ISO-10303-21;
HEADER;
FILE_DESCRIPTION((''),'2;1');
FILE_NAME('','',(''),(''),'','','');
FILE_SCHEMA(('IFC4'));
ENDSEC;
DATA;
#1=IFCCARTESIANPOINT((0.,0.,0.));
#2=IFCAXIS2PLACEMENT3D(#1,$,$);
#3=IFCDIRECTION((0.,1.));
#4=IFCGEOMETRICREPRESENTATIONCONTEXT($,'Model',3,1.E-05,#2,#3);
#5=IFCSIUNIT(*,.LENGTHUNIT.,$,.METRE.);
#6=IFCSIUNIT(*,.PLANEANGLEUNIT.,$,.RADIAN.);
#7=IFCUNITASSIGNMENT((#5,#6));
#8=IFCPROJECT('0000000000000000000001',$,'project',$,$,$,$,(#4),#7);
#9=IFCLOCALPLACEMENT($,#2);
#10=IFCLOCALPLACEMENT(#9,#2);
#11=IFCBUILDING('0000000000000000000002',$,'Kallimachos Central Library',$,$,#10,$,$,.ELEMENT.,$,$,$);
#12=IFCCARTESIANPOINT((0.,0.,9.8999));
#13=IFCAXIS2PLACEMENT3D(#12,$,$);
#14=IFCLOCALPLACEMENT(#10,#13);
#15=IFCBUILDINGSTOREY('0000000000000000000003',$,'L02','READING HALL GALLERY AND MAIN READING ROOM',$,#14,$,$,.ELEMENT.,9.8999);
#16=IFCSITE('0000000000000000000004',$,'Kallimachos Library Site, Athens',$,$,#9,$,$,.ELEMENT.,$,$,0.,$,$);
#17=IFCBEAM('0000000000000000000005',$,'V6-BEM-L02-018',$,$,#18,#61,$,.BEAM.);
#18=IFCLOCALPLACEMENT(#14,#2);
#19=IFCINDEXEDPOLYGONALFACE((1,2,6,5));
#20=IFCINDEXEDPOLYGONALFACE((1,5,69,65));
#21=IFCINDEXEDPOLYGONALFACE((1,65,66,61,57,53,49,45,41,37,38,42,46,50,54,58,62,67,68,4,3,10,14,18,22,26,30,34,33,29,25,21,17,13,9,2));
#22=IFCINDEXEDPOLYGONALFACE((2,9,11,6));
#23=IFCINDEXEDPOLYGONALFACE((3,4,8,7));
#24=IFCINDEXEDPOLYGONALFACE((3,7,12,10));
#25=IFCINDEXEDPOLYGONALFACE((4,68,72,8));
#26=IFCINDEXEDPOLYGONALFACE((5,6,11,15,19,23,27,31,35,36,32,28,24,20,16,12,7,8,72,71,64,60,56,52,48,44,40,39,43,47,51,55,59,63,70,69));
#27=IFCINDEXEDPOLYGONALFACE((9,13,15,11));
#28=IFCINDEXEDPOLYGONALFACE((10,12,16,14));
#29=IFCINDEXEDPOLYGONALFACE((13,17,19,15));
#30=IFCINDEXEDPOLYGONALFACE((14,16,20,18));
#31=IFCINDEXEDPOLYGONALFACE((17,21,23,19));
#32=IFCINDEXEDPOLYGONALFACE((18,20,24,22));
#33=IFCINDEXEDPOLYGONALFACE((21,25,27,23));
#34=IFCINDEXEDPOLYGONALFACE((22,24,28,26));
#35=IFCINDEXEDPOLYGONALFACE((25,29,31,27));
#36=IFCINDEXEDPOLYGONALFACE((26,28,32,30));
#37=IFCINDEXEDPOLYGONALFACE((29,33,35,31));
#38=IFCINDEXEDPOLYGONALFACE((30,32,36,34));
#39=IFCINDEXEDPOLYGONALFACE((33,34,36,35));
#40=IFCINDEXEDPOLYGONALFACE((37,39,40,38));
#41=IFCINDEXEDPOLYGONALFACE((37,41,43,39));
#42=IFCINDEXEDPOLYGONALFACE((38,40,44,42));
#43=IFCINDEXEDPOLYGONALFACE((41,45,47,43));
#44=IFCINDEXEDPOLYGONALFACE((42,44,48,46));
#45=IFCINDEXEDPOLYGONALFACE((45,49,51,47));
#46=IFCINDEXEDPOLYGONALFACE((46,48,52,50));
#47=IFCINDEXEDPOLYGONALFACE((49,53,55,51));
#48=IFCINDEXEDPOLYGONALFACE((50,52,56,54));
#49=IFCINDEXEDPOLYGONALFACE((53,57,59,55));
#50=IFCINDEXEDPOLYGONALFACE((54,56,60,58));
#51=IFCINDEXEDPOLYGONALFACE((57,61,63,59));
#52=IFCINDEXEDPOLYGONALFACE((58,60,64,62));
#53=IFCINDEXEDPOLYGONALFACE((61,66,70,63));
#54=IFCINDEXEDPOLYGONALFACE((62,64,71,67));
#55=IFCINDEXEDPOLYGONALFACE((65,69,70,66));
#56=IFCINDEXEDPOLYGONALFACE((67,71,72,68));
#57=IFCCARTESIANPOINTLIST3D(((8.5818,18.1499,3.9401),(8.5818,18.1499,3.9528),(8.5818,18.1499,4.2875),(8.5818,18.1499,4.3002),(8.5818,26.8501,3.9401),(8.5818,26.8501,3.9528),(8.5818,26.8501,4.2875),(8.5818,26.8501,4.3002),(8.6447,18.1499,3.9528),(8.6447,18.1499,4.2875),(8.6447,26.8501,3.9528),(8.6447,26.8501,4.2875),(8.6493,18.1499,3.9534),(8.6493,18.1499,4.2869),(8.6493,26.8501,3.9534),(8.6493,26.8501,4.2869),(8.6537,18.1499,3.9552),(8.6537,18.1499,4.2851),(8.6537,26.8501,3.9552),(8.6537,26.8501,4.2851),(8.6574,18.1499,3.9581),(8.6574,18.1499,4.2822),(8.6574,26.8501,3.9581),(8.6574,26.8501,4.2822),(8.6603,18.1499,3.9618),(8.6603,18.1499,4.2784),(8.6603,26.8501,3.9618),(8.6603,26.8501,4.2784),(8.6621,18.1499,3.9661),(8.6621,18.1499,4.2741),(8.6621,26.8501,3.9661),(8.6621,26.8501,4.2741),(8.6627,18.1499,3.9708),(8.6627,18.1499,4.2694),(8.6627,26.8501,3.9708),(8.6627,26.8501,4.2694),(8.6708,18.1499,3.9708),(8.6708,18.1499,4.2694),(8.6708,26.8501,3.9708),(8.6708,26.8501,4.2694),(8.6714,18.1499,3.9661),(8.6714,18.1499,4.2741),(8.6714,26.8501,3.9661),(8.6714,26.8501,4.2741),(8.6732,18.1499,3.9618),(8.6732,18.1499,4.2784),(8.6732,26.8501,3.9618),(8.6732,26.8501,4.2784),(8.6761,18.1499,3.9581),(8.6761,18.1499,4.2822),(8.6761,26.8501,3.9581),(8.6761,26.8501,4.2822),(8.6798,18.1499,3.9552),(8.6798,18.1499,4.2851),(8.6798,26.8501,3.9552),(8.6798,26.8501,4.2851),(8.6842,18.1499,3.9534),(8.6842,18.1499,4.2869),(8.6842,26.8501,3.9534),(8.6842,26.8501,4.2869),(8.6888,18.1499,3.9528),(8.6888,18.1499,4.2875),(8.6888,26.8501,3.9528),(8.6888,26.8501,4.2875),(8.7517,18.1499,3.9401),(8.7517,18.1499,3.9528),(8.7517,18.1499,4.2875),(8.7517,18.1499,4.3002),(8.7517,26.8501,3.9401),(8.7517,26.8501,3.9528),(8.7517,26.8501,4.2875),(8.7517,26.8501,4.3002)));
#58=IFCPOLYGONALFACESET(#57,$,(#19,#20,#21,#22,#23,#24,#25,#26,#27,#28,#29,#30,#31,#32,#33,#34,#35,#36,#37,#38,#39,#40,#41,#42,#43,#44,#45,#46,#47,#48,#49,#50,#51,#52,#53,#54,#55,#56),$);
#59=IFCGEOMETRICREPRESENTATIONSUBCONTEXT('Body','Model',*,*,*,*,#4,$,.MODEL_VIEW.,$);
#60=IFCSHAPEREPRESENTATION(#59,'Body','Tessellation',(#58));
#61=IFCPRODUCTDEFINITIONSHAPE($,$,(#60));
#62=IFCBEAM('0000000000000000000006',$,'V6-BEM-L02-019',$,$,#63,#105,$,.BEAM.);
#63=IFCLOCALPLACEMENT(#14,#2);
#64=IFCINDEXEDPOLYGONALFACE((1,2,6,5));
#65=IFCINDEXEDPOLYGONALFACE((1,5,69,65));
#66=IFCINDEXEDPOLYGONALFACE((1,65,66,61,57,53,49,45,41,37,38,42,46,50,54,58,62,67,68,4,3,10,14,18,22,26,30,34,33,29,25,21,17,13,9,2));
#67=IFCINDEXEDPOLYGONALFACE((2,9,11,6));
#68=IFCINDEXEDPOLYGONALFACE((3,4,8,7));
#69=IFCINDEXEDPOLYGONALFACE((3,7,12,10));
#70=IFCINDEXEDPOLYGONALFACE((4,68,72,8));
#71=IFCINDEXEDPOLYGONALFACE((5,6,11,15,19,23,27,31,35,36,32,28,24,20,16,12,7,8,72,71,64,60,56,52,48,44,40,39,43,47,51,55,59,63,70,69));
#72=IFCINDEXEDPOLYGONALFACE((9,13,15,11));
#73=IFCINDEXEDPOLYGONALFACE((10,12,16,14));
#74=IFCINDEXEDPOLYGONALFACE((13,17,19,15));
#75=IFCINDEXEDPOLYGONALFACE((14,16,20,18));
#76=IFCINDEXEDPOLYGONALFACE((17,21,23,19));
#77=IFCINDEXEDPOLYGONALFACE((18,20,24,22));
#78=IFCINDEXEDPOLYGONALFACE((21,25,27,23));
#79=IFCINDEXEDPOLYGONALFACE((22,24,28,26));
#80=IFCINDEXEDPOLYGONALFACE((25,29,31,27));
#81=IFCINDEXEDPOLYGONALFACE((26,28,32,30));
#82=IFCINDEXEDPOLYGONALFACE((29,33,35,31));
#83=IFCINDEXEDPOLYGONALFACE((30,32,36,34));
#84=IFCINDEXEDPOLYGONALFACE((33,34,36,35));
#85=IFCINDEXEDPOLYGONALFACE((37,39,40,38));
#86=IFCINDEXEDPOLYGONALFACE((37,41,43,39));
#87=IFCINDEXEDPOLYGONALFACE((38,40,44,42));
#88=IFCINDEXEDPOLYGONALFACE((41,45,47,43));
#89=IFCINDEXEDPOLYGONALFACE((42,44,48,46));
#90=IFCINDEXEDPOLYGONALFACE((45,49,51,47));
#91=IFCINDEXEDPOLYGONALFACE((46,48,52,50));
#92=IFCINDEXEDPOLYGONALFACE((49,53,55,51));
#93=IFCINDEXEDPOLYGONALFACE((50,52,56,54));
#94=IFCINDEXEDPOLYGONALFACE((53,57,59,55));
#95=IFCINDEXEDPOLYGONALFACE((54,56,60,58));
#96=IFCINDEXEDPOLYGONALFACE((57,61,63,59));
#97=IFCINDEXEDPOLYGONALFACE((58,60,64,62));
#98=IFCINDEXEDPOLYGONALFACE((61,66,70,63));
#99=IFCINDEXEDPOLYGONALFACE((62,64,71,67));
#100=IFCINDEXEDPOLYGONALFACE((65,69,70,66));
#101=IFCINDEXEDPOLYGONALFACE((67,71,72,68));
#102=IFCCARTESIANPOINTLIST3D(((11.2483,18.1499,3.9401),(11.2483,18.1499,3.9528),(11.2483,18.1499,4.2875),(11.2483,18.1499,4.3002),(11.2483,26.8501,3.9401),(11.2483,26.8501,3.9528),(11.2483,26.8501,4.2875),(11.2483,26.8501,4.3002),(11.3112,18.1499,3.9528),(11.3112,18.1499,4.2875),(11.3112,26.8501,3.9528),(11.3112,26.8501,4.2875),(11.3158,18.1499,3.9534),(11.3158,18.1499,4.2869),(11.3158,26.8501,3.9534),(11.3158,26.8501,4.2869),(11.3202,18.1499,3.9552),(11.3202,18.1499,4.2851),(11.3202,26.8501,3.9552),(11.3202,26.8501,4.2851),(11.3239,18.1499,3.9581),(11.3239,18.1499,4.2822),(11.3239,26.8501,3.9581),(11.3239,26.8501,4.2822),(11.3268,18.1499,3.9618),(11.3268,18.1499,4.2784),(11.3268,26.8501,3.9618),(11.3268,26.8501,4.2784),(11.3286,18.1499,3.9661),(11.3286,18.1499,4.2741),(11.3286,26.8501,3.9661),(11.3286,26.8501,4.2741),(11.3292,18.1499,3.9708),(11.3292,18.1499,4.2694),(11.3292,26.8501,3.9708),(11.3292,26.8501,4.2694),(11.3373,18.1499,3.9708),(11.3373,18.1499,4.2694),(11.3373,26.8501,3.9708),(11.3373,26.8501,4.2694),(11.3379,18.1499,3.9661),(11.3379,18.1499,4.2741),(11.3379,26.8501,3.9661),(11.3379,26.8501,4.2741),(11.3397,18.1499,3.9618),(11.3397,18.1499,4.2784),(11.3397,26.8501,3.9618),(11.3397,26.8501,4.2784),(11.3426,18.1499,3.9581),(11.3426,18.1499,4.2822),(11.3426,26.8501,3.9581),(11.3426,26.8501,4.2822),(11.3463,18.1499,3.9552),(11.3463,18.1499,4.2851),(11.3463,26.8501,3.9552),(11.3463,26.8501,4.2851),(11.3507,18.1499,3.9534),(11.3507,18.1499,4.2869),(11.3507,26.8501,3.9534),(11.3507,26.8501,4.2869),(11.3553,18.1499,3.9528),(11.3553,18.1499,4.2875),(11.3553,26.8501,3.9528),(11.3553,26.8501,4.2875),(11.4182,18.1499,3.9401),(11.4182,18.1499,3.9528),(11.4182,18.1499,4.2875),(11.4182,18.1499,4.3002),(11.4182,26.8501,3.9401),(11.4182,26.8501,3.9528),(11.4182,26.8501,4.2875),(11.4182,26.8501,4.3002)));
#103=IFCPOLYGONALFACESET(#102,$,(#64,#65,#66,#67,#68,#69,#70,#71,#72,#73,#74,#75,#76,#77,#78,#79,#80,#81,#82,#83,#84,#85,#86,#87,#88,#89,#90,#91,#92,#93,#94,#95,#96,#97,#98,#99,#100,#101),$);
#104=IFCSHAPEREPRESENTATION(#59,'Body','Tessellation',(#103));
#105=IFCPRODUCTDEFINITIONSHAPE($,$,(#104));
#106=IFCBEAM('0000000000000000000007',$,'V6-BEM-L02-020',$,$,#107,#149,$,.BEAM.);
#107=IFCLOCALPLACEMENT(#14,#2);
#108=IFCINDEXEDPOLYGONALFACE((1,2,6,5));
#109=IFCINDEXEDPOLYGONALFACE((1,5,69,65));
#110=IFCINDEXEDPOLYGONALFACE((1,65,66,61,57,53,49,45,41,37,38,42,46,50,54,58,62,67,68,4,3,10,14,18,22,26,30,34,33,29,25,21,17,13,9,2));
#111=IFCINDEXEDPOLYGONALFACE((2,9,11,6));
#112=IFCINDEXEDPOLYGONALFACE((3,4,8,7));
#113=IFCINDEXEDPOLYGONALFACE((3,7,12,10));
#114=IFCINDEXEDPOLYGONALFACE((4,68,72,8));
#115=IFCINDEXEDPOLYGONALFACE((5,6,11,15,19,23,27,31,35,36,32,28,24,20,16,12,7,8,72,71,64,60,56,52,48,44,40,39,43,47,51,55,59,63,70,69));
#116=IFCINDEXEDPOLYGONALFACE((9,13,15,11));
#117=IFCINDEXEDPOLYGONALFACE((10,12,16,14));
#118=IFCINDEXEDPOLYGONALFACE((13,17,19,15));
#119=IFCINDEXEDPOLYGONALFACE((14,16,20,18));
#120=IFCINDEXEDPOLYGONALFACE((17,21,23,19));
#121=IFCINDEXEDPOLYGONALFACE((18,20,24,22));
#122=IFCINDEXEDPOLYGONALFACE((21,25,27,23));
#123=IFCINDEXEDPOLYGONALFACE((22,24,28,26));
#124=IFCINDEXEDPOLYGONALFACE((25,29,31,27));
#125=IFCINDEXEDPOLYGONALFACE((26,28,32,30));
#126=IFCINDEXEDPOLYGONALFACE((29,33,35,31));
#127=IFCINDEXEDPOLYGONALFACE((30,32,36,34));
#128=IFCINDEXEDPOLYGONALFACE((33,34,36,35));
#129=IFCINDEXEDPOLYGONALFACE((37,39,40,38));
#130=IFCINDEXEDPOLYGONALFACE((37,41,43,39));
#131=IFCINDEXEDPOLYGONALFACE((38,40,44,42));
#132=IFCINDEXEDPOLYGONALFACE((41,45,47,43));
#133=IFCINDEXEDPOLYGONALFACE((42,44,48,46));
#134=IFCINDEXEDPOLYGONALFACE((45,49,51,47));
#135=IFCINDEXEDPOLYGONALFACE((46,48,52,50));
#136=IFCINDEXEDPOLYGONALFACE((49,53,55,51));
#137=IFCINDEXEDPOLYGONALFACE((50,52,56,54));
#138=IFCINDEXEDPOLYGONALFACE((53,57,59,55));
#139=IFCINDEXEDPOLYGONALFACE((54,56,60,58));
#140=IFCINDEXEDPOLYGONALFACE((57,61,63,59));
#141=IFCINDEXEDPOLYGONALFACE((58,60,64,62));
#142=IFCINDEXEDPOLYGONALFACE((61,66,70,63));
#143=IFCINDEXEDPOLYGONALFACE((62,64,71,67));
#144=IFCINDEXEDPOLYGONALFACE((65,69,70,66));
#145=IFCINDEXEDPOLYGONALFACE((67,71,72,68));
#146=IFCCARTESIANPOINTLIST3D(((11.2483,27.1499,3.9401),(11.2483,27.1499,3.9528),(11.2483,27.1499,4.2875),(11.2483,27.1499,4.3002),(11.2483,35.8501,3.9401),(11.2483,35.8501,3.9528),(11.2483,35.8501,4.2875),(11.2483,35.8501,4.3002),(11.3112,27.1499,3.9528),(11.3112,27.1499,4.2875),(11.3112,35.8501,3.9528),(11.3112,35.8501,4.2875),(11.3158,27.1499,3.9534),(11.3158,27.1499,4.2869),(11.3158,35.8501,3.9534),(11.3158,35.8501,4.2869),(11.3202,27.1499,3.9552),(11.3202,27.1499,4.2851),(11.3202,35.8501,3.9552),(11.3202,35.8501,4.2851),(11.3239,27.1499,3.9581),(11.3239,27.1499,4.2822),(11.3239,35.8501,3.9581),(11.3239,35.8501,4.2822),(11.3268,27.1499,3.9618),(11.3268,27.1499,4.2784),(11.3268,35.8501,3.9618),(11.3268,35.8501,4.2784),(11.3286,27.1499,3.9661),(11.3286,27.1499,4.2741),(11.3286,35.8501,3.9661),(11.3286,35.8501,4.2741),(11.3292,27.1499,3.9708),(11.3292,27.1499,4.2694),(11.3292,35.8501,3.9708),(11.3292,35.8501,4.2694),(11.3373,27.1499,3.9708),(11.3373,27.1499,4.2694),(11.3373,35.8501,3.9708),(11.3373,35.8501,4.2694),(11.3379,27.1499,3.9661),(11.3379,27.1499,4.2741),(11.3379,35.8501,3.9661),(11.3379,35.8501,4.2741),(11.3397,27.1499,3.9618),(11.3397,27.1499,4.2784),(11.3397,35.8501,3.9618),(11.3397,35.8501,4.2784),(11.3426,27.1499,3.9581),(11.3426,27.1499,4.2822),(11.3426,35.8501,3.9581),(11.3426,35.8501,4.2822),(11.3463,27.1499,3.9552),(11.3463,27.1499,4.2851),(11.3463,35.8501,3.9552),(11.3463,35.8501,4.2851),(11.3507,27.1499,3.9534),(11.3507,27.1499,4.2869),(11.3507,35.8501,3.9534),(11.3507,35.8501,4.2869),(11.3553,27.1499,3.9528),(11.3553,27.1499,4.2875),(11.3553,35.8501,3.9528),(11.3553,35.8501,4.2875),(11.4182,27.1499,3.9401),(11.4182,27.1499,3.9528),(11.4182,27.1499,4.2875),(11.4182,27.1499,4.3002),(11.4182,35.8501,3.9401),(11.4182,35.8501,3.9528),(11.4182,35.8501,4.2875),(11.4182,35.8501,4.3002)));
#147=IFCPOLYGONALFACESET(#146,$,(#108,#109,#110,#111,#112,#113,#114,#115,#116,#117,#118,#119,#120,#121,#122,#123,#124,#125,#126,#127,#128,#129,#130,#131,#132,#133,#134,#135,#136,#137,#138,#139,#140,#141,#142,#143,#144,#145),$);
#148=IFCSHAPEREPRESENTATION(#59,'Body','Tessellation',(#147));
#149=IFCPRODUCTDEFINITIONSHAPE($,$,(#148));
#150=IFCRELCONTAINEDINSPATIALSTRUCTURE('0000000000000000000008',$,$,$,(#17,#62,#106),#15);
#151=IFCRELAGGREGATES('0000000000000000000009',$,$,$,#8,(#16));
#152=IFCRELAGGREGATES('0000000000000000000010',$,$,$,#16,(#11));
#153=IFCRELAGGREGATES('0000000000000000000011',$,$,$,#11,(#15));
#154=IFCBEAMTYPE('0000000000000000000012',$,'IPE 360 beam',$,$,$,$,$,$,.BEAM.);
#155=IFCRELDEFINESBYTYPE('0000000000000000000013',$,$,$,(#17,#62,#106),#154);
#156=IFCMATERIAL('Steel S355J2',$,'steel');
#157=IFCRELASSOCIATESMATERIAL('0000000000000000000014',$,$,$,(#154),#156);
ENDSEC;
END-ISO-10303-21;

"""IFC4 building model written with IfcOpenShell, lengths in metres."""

from ifc_helpers import new_model, si_unit, direction, frame, origin, origin_2d, place, context, subcontext, project, spatial, i_section, extrude, material, material_profile, profile_set, type_object, element, save


model = new_model("IFC4")

# Units and contexts
model_context = context("Model", 3, precision=1e-05, world=origin(), true_north=direction((0.0, 1.0)))
body_context = subcontext(model_context, "Body", "Model", "MODEL_VIEW")
ifc_project = project(units=[si_unit("LENGTHUNIT", "METRE"), si_unit("PLANEANGLEUNIT", "RADIAN")], contexts=[model_context])

# Site, building, storey
site_placement = place(None, origin())
site = spatial("IfcSite", under=ifc_project, at=site_placement, Name="Kallimachos Library Site, Athens", CompositionType="ELEMENT", RefElevation=0.0)
building_placement = place(site_placement, origin())
building = spatial("IfcBuilding", under=site, at=building_placement, Name="Kallimachos Central Library", CompositionType="ELEMENT")
storey_placement = place(building_placement, frame((0.0, 0.0, 9.8999)))
storey = spatial("IfcBuildingStorey", under=building, at=storey_placement, Name="L02", Description="READING HALL GALLERY AND MAIN READING ROOM", CompositionType="ELEMENT", Elevation=9.8999)

# Beams
ifc_material_1 = material(Name="Steel S355J2", Category="steel")
ifc_material_profile_1 = material_profile(ifc_material_1, i_section(OverallWidth=0.1699, OverallDepth=0.3601, WebThickness=0.0081, FlangeThickness=0.0127, FilletRadius=0.0181, at=origin_2d()), Name="IPE 360")
ifc_profile_set_1 = profile_set([ifc_material_profile_1], Name="Steel S355J2")
beam_type_1 = type_object("IfcBeamType", Name="IPE 360 beam", PredefinedType="BEAM", material=ifc_profile_set_1)
for number, where, z_axis, x_axis, name in (
    (1, (8.6667, 18.1499, 4.1201), (0.0, 1.0, 0.0), (-1.0, 0.0, 0.0), "V6-BEM-L02-018"),
    (2, (11.3333, 18.1499, 4.1201), (0.0, 1.0, 0.0), (-1.0, 0.0, 0.0), "V6-BEM-L02-019"),
    (3, (11.3333, 27.1499, 4.1201), (0.0, 1.0, 0.0), (-1.0, 0.0, 0.0), "V6-BEM-L02-020"),
):
    element("IfcBeam", number, at=place(storey_placement, frame(where, z_axis=z_axis, x_axis=x_axis)), inside=storey, type_object=beam_type_1, Name=name, PredefinedType="BEAM", context=body_context, shape_type="SweptSolid", body=[
        extrude(i_section(OverallWidth=0.1699, OverallDepth=0.3601, WebThickness=0.0081, FlangeThickness=0.0127, FilletRadius=0.0181, at=origin_2d()), origin(), (0.0, 0.0, 1.0), 8.7002),
    ])

save(model, "model.ifc")
